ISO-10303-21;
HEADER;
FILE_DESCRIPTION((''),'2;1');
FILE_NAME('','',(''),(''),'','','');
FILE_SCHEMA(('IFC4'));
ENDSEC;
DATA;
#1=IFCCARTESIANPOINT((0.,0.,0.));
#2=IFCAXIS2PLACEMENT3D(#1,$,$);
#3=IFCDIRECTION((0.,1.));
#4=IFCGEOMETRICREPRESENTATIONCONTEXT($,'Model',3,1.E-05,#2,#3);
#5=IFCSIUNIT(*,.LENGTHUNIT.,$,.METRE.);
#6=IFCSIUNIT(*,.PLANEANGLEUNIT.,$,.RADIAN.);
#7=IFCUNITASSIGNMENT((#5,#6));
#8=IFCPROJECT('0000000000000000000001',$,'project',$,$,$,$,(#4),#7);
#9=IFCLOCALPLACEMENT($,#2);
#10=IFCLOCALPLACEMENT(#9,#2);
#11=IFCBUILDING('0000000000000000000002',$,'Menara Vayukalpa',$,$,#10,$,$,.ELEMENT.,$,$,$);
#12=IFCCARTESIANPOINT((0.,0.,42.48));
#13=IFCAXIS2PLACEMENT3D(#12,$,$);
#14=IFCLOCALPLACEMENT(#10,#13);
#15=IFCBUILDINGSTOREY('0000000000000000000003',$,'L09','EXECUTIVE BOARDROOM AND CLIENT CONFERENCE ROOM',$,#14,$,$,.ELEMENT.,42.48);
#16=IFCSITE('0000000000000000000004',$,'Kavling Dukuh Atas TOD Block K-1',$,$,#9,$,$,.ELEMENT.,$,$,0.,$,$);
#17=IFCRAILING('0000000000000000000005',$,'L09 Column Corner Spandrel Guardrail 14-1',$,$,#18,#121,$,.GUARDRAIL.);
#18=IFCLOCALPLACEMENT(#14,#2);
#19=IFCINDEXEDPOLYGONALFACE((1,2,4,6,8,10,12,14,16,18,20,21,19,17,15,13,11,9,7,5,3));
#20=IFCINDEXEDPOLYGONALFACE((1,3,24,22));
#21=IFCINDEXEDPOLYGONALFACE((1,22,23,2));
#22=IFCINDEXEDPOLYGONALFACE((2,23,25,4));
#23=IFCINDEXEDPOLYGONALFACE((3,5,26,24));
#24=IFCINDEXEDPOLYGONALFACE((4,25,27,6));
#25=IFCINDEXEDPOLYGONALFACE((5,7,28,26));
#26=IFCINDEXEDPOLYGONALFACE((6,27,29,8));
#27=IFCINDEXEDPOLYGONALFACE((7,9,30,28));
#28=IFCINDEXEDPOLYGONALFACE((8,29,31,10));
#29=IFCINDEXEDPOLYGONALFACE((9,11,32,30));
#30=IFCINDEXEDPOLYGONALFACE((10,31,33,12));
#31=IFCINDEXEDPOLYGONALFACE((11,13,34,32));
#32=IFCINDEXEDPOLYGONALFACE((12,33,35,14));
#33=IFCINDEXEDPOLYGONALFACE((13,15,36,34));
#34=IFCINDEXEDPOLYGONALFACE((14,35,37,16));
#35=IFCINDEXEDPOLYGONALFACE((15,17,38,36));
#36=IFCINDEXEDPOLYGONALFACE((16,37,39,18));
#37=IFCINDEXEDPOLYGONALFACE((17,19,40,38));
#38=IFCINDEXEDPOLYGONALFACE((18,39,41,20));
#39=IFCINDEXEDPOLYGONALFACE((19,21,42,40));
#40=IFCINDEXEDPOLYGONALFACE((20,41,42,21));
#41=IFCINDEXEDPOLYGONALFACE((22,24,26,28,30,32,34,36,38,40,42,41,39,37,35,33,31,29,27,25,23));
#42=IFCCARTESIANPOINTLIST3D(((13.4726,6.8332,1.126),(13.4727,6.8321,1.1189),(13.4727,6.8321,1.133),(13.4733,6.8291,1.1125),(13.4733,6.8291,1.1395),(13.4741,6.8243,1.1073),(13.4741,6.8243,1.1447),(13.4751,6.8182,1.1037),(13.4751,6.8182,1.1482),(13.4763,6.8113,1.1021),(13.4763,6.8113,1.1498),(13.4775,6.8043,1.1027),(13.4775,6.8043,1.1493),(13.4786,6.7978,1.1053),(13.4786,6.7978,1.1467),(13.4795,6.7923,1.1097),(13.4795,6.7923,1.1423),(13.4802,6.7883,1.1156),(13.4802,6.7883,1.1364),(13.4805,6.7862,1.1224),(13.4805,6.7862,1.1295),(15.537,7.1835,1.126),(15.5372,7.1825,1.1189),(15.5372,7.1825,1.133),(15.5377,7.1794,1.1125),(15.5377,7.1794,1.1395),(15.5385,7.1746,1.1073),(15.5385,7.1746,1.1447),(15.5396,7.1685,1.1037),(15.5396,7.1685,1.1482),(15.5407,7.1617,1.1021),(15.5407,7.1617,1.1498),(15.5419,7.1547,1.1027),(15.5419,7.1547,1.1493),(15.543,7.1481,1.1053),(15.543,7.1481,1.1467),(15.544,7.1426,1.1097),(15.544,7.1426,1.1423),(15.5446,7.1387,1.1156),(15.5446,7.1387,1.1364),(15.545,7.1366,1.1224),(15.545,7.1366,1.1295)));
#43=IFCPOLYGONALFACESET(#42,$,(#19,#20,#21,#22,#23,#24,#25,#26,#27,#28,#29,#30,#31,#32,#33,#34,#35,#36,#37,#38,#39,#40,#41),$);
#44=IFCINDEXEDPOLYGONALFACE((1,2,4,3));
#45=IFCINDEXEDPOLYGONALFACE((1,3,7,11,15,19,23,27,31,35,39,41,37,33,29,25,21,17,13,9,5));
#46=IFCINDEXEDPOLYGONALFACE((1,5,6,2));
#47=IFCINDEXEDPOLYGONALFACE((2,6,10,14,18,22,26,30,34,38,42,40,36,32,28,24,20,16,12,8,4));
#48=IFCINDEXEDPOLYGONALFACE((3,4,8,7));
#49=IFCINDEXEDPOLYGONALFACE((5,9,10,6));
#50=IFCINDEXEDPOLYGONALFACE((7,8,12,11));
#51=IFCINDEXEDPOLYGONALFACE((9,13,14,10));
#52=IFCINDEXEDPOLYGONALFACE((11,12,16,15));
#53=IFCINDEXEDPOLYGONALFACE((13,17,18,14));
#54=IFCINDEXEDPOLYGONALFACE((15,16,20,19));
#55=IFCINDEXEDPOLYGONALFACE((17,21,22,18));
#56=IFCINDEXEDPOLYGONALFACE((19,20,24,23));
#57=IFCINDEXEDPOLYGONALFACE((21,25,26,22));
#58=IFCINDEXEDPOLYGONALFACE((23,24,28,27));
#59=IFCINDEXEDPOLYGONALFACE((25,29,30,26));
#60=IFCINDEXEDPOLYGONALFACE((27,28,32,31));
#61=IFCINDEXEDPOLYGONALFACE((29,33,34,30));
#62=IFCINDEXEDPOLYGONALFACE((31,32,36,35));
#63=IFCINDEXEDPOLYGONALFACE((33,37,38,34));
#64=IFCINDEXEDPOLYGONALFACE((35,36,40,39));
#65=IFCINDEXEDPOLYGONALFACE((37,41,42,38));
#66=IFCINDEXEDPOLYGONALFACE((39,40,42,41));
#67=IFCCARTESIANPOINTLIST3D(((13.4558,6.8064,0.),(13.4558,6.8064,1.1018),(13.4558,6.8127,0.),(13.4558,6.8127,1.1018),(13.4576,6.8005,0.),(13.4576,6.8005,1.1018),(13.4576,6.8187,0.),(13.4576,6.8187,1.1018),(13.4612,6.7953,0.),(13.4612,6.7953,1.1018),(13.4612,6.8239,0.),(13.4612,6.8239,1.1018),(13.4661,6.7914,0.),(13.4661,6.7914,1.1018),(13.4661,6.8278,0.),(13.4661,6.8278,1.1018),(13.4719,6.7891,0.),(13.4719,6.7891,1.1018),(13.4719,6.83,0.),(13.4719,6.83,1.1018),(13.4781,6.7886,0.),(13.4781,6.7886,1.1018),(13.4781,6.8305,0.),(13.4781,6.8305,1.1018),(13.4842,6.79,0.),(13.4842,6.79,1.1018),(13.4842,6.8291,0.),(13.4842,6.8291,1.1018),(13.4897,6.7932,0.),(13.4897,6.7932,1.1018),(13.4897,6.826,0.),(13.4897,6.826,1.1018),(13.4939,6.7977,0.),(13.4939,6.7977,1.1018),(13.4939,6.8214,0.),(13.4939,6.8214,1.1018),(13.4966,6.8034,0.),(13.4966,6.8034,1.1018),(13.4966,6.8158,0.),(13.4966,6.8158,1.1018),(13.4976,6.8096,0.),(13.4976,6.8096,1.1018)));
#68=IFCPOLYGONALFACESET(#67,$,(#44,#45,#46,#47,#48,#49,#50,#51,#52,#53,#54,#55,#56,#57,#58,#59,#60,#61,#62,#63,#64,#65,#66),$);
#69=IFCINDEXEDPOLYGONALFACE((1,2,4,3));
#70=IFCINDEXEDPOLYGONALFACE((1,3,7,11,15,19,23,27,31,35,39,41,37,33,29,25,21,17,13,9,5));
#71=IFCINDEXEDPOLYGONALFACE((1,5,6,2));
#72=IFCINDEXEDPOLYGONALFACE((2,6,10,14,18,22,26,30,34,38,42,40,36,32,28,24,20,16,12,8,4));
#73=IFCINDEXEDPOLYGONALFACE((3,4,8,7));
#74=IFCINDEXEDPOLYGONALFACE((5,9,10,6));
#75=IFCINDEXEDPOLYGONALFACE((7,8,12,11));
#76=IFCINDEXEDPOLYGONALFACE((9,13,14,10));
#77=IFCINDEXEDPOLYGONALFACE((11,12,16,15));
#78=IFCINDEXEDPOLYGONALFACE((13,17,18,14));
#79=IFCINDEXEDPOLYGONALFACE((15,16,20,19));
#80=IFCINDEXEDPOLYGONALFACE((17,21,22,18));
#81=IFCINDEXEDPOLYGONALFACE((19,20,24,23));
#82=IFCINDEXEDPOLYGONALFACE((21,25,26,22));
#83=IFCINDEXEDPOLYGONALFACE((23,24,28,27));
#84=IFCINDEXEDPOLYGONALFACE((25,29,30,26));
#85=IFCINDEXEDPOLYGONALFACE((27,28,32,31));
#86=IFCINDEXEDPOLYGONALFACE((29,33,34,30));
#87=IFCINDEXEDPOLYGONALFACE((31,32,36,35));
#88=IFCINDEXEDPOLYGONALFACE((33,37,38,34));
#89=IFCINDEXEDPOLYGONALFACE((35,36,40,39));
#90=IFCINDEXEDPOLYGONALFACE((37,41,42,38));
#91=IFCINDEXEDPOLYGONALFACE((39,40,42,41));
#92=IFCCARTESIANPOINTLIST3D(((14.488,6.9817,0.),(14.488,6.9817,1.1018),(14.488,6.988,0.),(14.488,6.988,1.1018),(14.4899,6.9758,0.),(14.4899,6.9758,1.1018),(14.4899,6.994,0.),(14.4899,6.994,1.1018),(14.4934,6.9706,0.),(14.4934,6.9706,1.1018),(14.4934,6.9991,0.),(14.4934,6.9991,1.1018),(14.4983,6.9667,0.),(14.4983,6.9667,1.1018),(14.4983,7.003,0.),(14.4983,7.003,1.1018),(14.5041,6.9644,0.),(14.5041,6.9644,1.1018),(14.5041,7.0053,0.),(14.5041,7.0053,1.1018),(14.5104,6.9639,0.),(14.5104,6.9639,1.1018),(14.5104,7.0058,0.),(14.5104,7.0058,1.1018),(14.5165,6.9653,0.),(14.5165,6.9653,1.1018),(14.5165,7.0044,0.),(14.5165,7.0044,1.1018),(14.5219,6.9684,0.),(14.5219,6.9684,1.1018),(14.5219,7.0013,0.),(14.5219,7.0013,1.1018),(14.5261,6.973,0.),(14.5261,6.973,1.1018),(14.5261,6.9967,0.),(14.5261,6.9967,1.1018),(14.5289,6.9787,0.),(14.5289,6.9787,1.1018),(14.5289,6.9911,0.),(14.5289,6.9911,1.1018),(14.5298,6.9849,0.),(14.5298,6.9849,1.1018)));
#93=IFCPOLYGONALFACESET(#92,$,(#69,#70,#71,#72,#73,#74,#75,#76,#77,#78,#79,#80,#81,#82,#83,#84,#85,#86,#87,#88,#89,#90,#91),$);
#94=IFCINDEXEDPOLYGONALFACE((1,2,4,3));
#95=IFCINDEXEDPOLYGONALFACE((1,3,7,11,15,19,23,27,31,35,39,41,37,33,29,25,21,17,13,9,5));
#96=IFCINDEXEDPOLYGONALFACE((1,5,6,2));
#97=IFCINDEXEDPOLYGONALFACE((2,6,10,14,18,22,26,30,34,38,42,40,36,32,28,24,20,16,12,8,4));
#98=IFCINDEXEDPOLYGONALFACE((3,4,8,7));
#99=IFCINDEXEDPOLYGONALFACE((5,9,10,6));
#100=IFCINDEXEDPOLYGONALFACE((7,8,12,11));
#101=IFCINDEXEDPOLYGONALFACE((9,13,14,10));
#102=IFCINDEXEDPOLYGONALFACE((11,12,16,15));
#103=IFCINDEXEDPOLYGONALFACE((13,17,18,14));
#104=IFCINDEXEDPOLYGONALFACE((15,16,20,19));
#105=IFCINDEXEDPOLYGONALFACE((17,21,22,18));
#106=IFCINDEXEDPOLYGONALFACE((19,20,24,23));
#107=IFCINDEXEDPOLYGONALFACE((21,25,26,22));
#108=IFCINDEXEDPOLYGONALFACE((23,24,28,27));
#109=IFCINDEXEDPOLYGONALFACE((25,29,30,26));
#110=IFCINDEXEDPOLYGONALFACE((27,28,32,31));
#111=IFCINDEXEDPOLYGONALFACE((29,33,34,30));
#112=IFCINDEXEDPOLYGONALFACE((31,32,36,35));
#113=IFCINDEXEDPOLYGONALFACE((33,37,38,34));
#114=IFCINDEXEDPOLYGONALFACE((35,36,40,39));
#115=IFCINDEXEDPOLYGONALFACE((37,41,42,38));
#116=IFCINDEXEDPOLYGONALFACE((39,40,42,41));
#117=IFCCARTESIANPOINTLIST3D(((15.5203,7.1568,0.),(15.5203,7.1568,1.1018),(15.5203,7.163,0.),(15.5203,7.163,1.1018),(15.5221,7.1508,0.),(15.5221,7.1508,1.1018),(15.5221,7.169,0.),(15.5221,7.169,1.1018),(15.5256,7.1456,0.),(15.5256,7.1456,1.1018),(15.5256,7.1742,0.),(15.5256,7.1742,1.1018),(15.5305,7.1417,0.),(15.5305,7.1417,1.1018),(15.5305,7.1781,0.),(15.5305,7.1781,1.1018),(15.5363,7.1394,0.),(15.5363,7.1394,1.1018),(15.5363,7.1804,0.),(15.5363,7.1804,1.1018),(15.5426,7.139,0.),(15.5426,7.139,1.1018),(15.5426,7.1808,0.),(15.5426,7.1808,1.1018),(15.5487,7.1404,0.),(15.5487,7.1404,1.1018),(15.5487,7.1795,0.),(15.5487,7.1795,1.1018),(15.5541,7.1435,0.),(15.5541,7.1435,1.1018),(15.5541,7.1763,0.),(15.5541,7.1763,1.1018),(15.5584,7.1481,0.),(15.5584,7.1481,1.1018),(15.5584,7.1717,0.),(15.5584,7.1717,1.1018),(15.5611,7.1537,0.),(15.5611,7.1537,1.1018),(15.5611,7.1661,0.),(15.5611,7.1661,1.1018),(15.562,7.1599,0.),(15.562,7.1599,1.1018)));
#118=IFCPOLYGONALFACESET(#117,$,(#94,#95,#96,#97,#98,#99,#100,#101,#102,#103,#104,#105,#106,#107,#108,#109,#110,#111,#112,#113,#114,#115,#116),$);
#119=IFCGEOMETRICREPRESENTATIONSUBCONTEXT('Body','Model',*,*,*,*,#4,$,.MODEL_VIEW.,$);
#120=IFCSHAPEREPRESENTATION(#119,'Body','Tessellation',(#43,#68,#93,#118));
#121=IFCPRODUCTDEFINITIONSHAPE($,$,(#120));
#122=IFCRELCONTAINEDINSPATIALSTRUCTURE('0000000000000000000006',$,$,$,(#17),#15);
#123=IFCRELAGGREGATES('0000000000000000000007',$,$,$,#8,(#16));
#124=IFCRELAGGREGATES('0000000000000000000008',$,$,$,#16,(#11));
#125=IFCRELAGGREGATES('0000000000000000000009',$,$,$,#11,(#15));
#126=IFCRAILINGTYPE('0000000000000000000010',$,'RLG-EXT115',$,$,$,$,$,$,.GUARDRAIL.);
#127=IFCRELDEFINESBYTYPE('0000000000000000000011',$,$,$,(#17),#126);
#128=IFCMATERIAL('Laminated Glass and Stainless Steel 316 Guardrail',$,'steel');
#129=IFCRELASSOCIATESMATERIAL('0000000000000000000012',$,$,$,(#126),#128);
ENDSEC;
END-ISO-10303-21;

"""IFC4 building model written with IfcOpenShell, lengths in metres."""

from ifc_helpers import new_model, si_unit, direction, frame, origin, origin_2d, place, context, subcontext, project, spatial, circle, extrude, material, type_object, element, save


model = new_model("IFC4")

# Units and contexts
model_context = context("Model", 3, precision=1e-05, world=origin(), true_north=direction((0.0, 1.0)))
body_context = subcontext(model_context, "Body", "Model", "MODEL_VIEW")
ifc_project = project(units=[si_unit("LENGTHUNIT", "METRE"), si_unit("PLANEANGLEUNIT", "RADIAN")], contexts=[model_context])

# Site, building, storey
site_placement = place(None, origin())
site = spatial("IfcSite", under=ifc_project, at=site_placement, Name="Kavling Dukuh Atas TOD Block K-1", CompositionType="ELEMENT", RefElevation=0.0)
building_placement = place(site_placement, origin())
building = spatial("IfcBuilding", under=site, at=building_placement, Name="Menara Vayukalpa", CompositionType="ELEMENT")
storey_placement = place(building_placement, frame((0.0, 0.0, 42.48)))
storey = spatial("IfcBuildingStorey", under=building, at=storey_placement, Name="L09", Description="EXECUTIVE BOARDROOM AND CLIENT CONFERENCE ROOM", CompositionType="ELEMENT", Elevation=42.48)

# Railing
ifc_material_1 = material(Name="Laminated Glass and Stainless Steel 316 Guardrail", Category="steel")
railing_type = type_object("IfcRailingType", Name="RLG-EXT115", PredefinedType="GUARDRAIL", material=ifc_material_1)
railing_1_placement = place(storey_placement, frame((13.4766, 6.8096, 0.0)))
element("IfcRailing", 1, at=railing_1_placement, inside=storey, type_object=railing_type, Name="L09 Column Corner Spandrel Guardrail 14-1", PredefinedType="GUARDRAIL", context=body_context, shape_type="SweptSolid", body=[
    extrude(circle(Radius=0.0239, at=origin_2d()), frame((0.0, 0.0, 1.126), z_axis=(0.985904, 0.16731, 0.0), x_axis=(-0.16731, 0.985904, 0.0)), (0.0, 0.0, 1.0), 2.094),
    extrude(circle(Radius=0.021, at=origin_2d()), origin(), (0.0, 0.0, 1.0), 1.1018),
    extrude(circle(Radius=0.021, at=origin_2d()), frame((1.0322, 0.1753, 0.0)), (0.0, 0.0, 1.0), 1.1018),
    extrude(circle(Radius=0.021, at=origin_2d()), frame((2.0645, 0.3503, 0.0)), (0.0, 0.0, 1.0), 1.1018),
])

save(model, "model.ifc")
